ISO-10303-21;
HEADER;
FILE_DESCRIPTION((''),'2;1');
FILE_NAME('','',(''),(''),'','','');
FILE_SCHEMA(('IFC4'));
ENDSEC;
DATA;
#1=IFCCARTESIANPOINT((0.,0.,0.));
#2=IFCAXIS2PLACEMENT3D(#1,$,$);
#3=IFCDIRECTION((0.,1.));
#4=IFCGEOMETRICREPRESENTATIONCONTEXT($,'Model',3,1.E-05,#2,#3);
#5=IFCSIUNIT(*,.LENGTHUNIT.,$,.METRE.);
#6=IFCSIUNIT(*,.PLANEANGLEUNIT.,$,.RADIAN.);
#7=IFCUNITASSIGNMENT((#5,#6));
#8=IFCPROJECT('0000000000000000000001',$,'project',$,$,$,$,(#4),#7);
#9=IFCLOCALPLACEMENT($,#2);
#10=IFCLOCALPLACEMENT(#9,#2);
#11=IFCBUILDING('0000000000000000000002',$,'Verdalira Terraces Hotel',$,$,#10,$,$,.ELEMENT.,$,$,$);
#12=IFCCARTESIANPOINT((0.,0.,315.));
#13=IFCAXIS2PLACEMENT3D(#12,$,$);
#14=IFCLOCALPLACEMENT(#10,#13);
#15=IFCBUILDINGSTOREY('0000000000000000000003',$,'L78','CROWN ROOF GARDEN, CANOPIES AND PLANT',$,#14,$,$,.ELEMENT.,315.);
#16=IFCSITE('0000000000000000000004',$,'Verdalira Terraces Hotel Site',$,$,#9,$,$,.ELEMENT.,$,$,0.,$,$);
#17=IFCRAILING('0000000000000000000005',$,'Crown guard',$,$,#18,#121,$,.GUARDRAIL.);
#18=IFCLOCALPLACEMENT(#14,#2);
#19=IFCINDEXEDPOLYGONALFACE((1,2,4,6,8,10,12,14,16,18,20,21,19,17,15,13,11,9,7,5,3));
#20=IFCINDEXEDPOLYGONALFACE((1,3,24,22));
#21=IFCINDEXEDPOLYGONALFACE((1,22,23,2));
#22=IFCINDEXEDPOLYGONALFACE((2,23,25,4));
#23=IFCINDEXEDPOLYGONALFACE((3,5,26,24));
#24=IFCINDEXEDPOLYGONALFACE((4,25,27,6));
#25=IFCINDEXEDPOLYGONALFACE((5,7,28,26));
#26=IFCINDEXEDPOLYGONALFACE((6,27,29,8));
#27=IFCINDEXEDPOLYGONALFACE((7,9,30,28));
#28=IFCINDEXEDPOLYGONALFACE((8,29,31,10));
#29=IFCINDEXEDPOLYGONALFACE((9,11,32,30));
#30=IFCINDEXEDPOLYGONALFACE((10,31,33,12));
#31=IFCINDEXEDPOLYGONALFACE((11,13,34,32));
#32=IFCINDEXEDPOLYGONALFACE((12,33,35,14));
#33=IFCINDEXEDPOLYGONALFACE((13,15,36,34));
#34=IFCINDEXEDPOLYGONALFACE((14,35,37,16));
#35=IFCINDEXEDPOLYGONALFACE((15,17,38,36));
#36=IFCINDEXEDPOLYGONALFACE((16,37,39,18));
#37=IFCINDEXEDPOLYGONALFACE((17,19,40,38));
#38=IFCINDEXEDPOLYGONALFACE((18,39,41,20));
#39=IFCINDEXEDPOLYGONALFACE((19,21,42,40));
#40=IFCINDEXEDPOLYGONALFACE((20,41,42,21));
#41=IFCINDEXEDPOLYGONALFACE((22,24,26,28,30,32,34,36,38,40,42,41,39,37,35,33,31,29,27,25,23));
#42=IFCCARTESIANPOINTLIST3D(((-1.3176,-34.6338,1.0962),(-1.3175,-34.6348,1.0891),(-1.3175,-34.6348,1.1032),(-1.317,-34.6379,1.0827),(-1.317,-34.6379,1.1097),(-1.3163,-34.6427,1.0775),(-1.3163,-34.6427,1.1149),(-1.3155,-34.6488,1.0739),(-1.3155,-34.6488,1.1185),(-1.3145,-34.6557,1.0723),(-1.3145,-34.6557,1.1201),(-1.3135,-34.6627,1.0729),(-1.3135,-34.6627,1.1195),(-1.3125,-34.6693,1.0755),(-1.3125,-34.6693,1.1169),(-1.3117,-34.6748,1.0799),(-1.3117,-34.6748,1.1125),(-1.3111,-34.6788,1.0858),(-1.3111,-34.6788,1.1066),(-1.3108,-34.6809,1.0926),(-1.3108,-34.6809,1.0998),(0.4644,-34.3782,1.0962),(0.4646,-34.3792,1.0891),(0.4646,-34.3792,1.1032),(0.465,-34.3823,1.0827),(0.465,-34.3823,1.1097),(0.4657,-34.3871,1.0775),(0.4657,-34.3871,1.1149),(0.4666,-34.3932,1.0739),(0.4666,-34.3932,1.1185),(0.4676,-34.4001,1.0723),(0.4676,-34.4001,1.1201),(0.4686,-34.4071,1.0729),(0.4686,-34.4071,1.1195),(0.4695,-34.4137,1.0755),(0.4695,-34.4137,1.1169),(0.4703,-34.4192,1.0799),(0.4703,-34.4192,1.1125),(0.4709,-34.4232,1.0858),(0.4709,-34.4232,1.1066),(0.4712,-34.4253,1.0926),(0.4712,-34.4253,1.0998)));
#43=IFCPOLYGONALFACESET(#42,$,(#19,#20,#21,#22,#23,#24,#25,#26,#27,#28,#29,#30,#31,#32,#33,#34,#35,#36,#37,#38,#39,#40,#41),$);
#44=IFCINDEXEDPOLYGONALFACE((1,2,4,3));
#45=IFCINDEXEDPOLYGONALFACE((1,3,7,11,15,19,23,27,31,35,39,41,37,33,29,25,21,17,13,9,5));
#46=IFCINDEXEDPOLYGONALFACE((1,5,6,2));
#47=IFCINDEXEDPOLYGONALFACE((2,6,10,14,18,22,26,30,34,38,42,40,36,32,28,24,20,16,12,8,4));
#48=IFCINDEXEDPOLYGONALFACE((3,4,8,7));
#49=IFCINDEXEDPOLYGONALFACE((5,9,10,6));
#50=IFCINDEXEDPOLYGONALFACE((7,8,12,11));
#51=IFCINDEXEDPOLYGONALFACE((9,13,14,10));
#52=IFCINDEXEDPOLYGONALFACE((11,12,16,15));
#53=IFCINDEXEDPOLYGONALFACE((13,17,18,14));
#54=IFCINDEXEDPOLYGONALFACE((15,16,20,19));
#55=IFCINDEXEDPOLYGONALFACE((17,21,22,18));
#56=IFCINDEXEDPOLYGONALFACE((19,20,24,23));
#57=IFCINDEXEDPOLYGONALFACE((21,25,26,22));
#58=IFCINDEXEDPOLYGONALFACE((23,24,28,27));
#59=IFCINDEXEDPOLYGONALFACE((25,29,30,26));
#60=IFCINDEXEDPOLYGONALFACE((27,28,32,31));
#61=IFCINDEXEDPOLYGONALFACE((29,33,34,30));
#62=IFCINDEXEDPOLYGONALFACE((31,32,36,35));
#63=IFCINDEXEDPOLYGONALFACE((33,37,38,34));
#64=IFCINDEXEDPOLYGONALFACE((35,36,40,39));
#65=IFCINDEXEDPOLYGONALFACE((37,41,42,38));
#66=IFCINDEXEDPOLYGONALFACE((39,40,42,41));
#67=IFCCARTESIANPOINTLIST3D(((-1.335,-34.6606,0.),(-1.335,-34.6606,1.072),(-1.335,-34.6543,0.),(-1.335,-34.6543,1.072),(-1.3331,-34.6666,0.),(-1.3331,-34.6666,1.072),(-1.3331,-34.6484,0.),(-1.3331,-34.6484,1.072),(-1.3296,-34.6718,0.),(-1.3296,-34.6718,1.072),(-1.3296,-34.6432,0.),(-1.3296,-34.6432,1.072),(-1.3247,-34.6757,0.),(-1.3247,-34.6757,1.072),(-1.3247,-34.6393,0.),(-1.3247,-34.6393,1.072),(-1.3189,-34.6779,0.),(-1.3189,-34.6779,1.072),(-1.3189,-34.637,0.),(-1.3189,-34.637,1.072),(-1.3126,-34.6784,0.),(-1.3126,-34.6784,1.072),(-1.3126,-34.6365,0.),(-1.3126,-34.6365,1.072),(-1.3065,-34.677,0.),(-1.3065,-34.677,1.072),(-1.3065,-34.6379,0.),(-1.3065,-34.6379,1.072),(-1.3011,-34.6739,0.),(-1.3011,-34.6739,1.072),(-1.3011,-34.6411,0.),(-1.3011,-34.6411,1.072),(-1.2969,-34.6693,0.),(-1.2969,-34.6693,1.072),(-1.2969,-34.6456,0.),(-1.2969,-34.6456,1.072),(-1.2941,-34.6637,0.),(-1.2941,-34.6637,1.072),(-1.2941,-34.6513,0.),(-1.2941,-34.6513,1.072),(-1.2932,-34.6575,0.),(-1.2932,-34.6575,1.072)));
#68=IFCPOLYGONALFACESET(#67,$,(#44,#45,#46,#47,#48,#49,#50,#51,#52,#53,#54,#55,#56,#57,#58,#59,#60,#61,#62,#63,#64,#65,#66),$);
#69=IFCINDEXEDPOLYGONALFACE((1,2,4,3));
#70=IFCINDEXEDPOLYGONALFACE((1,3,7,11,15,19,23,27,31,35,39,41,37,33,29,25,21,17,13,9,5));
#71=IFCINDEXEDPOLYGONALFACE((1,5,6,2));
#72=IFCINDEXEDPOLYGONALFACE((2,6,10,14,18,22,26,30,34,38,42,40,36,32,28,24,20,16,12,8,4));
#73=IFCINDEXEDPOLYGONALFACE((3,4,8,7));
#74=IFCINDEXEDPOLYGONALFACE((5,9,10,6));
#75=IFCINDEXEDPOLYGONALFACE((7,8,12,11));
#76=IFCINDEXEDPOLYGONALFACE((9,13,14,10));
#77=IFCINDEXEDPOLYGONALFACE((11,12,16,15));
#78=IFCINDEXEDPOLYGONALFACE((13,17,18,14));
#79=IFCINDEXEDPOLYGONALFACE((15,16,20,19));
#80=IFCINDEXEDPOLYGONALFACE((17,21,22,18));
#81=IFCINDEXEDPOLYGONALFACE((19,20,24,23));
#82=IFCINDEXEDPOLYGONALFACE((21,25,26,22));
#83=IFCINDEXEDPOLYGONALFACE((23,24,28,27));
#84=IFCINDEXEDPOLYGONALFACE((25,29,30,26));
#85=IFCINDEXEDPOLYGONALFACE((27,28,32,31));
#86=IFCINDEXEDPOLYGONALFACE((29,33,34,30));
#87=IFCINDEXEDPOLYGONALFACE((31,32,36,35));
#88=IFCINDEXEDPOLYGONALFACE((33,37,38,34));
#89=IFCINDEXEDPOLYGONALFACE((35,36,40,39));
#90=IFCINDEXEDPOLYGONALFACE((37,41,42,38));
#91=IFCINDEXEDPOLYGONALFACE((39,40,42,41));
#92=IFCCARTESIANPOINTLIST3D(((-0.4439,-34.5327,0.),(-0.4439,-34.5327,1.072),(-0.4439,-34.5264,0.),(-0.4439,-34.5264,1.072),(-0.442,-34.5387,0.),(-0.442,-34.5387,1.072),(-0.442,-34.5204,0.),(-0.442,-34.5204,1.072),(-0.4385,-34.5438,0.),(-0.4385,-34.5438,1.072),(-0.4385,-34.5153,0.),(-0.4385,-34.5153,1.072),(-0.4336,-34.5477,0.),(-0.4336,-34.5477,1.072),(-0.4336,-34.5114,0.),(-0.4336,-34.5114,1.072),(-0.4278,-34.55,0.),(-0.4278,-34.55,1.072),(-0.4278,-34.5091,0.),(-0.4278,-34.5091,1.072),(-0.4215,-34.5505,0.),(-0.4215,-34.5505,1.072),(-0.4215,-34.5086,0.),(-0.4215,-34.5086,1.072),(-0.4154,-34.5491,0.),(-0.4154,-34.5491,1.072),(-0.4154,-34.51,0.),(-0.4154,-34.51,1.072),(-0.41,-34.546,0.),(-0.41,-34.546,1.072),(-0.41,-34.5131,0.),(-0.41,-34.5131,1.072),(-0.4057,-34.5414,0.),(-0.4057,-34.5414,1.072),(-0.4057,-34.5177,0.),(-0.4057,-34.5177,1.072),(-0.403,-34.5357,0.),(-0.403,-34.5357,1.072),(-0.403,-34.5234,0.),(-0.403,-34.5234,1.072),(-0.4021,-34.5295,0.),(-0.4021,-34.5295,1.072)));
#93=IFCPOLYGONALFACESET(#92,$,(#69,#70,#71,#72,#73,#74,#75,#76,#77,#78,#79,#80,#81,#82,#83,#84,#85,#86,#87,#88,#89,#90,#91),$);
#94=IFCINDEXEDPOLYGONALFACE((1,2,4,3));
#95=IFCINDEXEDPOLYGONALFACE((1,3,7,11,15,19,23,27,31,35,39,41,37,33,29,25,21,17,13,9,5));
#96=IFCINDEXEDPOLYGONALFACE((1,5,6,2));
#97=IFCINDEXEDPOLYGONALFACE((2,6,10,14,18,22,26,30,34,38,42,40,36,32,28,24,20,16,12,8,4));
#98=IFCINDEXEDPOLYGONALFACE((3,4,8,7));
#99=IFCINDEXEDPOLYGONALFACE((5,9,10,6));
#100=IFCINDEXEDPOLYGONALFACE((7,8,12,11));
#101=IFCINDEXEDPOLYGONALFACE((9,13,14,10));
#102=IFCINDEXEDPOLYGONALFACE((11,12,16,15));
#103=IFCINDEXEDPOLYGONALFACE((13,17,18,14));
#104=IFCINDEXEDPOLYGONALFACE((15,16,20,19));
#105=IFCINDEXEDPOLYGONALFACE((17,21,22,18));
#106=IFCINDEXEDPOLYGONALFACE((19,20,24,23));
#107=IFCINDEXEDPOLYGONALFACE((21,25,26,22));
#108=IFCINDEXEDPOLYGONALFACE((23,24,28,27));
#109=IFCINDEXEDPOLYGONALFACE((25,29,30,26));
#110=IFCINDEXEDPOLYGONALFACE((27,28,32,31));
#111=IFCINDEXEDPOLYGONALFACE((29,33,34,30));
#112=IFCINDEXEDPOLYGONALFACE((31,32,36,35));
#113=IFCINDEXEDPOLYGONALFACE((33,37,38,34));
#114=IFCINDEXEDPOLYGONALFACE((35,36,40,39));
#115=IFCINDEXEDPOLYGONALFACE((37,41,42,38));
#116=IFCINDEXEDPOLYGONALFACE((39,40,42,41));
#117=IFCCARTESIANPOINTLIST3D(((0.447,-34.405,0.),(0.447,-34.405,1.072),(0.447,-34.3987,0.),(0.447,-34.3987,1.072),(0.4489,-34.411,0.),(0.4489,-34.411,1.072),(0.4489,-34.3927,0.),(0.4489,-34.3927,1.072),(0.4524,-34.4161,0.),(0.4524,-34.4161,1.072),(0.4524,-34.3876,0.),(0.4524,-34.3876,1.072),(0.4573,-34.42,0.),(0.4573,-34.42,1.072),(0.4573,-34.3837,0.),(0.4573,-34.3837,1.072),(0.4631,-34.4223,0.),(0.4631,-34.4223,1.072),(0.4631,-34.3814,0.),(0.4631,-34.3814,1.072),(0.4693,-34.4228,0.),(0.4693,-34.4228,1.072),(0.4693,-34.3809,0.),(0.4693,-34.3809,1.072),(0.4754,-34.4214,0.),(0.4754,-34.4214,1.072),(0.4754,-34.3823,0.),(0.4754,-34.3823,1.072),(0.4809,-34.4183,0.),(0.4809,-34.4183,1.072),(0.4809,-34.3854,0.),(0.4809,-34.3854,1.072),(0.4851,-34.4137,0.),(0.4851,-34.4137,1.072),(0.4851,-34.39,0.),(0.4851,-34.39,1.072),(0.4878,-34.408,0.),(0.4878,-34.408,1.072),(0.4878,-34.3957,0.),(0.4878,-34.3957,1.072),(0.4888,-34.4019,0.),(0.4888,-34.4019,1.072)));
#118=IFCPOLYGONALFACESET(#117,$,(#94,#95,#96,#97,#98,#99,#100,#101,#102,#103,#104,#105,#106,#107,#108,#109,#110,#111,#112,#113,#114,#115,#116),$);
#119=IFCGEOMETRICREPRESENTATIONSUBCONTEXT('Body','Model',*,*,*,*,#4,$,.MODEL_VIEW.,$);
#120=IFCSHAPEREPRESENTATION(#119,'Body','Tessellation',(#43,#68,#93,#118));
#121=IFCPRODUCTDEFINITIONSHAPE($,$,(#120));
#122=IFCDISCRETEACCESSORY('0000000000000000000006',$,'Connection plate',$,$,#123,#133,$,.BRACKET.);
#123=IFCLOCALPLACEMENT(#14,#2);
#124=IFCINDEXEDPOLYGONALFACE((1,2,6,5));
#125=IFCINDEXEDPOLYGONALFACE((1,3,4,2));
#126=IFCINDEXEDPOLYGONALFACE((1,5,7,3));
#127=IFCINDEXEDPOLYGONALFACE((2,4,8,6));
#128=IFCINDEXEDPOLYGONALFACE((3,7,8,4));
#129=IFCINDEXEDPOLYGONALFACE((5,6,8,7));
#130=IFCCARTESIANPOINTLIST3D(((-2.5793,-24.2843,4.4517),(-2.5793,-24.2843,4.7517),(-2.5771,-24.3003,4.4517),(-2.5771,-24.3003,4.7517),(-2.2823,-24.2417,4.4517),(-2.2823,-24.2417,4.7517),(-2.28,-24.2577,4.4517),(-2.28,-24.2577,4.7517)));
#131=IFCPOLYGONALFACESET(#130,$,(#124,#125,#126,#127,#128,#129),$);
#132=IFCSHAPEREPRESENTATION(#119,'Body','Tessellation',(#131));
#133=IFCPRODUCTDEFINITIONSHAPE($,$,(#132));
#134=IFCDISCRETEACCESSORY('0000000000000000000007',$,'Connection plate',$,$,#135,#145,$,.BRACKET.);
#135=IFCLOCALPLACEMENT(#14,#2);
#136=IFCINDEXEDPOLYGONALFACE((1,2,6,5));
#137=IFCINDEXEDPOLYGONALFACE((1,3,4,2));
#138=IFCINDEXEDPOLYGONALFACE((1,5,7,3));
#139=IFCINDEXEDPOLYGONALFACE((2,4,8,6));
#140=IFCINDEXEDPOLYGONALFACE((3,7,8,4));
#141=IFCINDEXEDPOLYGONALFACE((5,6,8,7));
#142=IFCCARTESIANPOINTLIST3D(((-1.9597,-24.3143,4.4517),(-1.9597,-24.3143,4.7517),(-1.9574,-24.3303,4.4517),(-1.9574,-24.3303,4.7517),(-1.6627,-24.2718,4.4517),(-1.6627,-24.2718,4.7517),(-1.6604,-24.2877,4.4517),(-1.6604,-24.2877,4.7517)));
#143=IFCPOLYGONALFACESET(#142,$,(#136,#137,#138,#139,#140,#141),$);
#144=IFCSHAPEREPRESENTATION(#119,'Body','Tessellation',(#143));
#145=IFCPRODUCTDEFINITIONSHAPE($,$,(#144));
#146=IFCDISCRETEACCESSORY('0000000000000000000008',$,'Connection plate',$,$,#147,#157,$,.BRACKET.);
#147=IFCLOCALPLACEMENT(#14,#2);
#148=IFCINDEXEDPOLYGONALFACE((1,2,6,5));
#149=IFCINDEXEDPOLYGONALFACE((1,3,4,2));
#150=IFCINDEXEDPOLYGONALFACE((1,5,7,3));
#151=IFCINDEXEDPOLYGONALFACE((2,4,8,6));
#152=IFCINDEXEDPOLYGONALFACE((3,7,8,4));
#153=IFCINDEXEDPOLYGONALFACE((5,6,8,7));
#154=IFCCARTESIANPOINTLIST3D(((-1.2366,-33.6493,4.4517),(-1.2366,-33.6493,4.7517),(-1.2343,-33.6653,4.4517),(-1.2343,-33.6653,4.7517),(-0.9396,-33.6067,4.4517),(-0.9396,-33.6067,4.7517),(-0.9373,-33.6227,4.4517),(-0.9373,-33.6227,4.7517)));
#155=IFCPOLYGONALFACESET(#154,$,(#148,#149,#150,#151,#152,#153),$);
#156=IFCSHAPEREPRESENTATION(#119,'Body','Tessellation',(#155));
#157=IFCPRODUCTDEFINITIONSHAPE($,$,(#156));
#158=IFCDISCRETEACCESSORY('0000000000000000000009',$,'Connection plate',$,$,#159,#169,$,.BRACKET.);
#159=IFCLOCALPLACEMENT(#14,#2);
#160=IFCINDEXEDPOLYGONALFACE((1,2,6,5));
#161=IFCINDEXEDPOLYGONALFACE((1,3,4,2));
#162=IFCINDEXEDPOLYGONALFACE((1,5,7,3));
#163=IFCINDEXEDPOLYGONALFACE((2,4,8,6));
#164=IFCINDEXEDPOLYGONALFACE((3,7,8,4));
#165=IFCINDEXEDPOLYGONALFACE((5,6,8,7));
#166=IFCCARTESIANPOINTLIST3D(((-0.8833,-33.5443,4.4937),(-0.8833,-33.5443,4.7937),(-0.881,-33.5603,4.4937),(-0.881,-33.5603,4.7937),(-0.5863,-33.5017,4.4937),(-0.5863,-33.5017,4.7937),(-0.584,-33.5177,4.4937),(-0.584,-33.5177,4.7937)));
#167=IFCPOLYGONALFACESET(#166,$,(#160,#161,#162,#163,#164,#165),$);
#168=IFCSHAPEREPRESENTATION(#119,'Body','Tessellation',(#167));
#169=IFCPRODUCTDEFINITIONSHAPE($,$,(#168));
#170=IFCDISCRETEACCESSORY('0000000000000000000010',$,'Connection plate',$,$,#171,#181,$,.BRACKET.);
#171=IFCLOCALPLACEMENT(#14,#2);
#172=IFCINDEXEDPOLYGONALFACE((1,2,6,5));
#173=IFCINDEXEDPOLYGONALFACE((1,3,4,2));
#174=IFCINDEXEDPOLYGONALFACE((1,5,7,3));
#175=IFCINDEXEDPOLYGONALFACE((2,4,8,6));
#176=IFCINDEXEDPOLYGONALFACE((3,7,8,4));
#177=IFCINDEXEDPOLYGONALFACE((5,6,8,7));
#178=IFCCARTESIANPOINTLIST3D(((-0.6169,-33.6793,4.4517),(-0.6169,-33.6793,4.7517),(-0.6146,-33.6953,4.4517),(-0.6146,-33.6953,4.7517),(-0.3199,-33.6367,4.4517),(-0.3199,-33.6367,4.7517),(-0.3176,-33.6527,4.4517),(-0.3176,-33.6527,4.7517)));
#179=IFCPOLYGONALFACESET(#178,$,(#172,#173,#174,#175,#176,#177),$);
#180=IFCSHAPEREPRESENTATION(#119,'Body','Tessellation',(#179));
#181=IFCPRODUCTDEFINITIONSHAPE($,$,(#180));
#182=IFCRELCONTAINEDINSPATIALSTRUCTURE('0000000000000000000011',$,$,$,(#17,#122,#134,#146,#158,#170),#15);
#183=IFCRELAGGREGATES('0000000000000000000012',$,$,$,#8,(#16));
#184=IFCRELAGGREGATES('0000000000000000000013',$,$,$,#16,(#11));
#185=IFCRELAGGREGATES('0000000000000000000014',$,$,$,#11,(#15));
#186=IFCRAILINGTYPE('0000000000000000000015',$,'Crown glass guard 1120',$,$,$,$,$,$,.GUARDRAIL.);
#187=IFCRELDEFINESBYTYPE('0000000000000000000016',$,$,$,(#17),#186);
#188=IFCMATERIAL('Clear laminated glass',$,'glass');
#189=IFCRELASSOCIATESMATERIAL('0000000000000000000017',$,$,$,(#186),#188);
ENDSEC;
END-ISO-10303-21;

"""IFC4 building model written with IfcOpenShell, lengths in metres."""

from ifc_helpers import new_model, si_unit, direction, frame, origin, origin_2d, place, context, subcontext, project, spatial, rectangle, circle, extrude, material, type_object, element, save


model = new_model("IFC4")

# Units and contexts
model_context = context("Model", 3, precision=1e-05, world=origin(), true_north=direction((0.0, 1.0)))
body_context = subcontext(model_context, "Body", "Model", "MODEL_VIEW")
ifc_project = project(units=[si_unit("LENGTHUNIT", "METRE"), si_unit("PLANEANGLEUNIT", "RADIAN")], contexts=[model_context])

# Site, building, storey
site_placement = place(None, origin())
site = spatial("IfcSite", under=ifc_project, at=site_placement, Name="Verdalira Terraces Hotel Site", CompositionType="ELEMENT", RefElevation=0.0)
building_placement = place(site_placement, origin())
building = spatial("IfcBuilding", under=site, at=building_placement, Name="Verdalira Terraces Hotel", CompositionType="ELEMENT")
storey_placement = place(building_placement, frame((0.0, 0.0, 315.0)))
storey = spatial("IfcBuildingStorey", under=building, at=storey_placement, Name="L78", Description="CROWN ROOF GARDEN, CANOPIES AND PLANT", CompositionType="ELEMENT", Elevation=315.0)

# Railing
ifc_material_1 = material(Name="Clear laminated glass", Category="glass")
railing_type = type_object("IfcRailingType", Name="Crown glass guard 1120", PredefinedType="GUARDRAIL", material=ifc_material_1)
railing_1_placement = place(storey_placement, frame((-1.3142, -34.6575, 0.0)))
element("IfcRailing", 1, at=railing_1_placement, inside=storey, type_object=railing_type, Name="Crown guard", PredefinedType="GUARDRAIL", context=body_context, shape_type="SweptSolid", body=[
    extrude(circle(Radius=0.0239, at=origin_2d()), frame((0.0, 0.0, 1.0962), z_axis=(0.989868, 0.141991, 0.0), x_axis=(-0.141991, 0.989868, 0.0)), (0.0, 0.0, 1.0), 1.8003),
    extrude(circle(Radius=0.021, at=origin_2d()), origin(), (0.0, 0.0, 1.0), 1.072),
    extrude(circle(Radius=0.021, at=origin_2d()), frame((0.8911, 0.1279, 0.0)), (0.0, 0.0, 1.0), 1.072),
    extrude(circle(Radius=0.021, at=origin_2d()), frame((1.782, 0.2556, 0.0)), (0.0, 0.0, 1.0), 1.072),
])

# Discrete accessories
for number, where, z_axis, x_axis, name in (
    (2, (-2.4297, -24.271, 4.4517), (0.0, 0.0, 1.0), (0.989876, 0.141938, 0.0), "Connection plate"),
    (3, (-1.8101, -24.301, 4.4517), (0.0, 0.0, 1.0), (-0.989876, -0.141938, 0.0), "Connection plate"),
    (4, (-1.0869, -33.636, 4.4517), (0.0, 0.0, 1.0), (0.989876, 0.141938, 0.0), "Connection plate"),
    (5, (-0.7336, -33.531, 4.4937), (0.0, 0.0, 1.0), (0.989876, 0.141938, 0.0), "Connection plate"),
    (6, (-0.4673, -33.666, 4.4517), (0.0, 0.0, 1.0), (-0.989876, -0.141938, 0.0), "Connection plate"),
):
    element("IfcDiscreteAccessory", number, at=place(storey_placement, frame(where, z_axis=z_axis, x_axis=x_axis)), inside=storey, Name=name, PredefinedType="BRACKET", context=body_context, shape_type="SweptSolid", body=[
        extrude(rectangle(XDim=0.3, YDim=0.0161, at=origin_2d()), origin(), (0.0, 0.0, 1.0), 0.3),
    ])

save(model, "model.ifc")
